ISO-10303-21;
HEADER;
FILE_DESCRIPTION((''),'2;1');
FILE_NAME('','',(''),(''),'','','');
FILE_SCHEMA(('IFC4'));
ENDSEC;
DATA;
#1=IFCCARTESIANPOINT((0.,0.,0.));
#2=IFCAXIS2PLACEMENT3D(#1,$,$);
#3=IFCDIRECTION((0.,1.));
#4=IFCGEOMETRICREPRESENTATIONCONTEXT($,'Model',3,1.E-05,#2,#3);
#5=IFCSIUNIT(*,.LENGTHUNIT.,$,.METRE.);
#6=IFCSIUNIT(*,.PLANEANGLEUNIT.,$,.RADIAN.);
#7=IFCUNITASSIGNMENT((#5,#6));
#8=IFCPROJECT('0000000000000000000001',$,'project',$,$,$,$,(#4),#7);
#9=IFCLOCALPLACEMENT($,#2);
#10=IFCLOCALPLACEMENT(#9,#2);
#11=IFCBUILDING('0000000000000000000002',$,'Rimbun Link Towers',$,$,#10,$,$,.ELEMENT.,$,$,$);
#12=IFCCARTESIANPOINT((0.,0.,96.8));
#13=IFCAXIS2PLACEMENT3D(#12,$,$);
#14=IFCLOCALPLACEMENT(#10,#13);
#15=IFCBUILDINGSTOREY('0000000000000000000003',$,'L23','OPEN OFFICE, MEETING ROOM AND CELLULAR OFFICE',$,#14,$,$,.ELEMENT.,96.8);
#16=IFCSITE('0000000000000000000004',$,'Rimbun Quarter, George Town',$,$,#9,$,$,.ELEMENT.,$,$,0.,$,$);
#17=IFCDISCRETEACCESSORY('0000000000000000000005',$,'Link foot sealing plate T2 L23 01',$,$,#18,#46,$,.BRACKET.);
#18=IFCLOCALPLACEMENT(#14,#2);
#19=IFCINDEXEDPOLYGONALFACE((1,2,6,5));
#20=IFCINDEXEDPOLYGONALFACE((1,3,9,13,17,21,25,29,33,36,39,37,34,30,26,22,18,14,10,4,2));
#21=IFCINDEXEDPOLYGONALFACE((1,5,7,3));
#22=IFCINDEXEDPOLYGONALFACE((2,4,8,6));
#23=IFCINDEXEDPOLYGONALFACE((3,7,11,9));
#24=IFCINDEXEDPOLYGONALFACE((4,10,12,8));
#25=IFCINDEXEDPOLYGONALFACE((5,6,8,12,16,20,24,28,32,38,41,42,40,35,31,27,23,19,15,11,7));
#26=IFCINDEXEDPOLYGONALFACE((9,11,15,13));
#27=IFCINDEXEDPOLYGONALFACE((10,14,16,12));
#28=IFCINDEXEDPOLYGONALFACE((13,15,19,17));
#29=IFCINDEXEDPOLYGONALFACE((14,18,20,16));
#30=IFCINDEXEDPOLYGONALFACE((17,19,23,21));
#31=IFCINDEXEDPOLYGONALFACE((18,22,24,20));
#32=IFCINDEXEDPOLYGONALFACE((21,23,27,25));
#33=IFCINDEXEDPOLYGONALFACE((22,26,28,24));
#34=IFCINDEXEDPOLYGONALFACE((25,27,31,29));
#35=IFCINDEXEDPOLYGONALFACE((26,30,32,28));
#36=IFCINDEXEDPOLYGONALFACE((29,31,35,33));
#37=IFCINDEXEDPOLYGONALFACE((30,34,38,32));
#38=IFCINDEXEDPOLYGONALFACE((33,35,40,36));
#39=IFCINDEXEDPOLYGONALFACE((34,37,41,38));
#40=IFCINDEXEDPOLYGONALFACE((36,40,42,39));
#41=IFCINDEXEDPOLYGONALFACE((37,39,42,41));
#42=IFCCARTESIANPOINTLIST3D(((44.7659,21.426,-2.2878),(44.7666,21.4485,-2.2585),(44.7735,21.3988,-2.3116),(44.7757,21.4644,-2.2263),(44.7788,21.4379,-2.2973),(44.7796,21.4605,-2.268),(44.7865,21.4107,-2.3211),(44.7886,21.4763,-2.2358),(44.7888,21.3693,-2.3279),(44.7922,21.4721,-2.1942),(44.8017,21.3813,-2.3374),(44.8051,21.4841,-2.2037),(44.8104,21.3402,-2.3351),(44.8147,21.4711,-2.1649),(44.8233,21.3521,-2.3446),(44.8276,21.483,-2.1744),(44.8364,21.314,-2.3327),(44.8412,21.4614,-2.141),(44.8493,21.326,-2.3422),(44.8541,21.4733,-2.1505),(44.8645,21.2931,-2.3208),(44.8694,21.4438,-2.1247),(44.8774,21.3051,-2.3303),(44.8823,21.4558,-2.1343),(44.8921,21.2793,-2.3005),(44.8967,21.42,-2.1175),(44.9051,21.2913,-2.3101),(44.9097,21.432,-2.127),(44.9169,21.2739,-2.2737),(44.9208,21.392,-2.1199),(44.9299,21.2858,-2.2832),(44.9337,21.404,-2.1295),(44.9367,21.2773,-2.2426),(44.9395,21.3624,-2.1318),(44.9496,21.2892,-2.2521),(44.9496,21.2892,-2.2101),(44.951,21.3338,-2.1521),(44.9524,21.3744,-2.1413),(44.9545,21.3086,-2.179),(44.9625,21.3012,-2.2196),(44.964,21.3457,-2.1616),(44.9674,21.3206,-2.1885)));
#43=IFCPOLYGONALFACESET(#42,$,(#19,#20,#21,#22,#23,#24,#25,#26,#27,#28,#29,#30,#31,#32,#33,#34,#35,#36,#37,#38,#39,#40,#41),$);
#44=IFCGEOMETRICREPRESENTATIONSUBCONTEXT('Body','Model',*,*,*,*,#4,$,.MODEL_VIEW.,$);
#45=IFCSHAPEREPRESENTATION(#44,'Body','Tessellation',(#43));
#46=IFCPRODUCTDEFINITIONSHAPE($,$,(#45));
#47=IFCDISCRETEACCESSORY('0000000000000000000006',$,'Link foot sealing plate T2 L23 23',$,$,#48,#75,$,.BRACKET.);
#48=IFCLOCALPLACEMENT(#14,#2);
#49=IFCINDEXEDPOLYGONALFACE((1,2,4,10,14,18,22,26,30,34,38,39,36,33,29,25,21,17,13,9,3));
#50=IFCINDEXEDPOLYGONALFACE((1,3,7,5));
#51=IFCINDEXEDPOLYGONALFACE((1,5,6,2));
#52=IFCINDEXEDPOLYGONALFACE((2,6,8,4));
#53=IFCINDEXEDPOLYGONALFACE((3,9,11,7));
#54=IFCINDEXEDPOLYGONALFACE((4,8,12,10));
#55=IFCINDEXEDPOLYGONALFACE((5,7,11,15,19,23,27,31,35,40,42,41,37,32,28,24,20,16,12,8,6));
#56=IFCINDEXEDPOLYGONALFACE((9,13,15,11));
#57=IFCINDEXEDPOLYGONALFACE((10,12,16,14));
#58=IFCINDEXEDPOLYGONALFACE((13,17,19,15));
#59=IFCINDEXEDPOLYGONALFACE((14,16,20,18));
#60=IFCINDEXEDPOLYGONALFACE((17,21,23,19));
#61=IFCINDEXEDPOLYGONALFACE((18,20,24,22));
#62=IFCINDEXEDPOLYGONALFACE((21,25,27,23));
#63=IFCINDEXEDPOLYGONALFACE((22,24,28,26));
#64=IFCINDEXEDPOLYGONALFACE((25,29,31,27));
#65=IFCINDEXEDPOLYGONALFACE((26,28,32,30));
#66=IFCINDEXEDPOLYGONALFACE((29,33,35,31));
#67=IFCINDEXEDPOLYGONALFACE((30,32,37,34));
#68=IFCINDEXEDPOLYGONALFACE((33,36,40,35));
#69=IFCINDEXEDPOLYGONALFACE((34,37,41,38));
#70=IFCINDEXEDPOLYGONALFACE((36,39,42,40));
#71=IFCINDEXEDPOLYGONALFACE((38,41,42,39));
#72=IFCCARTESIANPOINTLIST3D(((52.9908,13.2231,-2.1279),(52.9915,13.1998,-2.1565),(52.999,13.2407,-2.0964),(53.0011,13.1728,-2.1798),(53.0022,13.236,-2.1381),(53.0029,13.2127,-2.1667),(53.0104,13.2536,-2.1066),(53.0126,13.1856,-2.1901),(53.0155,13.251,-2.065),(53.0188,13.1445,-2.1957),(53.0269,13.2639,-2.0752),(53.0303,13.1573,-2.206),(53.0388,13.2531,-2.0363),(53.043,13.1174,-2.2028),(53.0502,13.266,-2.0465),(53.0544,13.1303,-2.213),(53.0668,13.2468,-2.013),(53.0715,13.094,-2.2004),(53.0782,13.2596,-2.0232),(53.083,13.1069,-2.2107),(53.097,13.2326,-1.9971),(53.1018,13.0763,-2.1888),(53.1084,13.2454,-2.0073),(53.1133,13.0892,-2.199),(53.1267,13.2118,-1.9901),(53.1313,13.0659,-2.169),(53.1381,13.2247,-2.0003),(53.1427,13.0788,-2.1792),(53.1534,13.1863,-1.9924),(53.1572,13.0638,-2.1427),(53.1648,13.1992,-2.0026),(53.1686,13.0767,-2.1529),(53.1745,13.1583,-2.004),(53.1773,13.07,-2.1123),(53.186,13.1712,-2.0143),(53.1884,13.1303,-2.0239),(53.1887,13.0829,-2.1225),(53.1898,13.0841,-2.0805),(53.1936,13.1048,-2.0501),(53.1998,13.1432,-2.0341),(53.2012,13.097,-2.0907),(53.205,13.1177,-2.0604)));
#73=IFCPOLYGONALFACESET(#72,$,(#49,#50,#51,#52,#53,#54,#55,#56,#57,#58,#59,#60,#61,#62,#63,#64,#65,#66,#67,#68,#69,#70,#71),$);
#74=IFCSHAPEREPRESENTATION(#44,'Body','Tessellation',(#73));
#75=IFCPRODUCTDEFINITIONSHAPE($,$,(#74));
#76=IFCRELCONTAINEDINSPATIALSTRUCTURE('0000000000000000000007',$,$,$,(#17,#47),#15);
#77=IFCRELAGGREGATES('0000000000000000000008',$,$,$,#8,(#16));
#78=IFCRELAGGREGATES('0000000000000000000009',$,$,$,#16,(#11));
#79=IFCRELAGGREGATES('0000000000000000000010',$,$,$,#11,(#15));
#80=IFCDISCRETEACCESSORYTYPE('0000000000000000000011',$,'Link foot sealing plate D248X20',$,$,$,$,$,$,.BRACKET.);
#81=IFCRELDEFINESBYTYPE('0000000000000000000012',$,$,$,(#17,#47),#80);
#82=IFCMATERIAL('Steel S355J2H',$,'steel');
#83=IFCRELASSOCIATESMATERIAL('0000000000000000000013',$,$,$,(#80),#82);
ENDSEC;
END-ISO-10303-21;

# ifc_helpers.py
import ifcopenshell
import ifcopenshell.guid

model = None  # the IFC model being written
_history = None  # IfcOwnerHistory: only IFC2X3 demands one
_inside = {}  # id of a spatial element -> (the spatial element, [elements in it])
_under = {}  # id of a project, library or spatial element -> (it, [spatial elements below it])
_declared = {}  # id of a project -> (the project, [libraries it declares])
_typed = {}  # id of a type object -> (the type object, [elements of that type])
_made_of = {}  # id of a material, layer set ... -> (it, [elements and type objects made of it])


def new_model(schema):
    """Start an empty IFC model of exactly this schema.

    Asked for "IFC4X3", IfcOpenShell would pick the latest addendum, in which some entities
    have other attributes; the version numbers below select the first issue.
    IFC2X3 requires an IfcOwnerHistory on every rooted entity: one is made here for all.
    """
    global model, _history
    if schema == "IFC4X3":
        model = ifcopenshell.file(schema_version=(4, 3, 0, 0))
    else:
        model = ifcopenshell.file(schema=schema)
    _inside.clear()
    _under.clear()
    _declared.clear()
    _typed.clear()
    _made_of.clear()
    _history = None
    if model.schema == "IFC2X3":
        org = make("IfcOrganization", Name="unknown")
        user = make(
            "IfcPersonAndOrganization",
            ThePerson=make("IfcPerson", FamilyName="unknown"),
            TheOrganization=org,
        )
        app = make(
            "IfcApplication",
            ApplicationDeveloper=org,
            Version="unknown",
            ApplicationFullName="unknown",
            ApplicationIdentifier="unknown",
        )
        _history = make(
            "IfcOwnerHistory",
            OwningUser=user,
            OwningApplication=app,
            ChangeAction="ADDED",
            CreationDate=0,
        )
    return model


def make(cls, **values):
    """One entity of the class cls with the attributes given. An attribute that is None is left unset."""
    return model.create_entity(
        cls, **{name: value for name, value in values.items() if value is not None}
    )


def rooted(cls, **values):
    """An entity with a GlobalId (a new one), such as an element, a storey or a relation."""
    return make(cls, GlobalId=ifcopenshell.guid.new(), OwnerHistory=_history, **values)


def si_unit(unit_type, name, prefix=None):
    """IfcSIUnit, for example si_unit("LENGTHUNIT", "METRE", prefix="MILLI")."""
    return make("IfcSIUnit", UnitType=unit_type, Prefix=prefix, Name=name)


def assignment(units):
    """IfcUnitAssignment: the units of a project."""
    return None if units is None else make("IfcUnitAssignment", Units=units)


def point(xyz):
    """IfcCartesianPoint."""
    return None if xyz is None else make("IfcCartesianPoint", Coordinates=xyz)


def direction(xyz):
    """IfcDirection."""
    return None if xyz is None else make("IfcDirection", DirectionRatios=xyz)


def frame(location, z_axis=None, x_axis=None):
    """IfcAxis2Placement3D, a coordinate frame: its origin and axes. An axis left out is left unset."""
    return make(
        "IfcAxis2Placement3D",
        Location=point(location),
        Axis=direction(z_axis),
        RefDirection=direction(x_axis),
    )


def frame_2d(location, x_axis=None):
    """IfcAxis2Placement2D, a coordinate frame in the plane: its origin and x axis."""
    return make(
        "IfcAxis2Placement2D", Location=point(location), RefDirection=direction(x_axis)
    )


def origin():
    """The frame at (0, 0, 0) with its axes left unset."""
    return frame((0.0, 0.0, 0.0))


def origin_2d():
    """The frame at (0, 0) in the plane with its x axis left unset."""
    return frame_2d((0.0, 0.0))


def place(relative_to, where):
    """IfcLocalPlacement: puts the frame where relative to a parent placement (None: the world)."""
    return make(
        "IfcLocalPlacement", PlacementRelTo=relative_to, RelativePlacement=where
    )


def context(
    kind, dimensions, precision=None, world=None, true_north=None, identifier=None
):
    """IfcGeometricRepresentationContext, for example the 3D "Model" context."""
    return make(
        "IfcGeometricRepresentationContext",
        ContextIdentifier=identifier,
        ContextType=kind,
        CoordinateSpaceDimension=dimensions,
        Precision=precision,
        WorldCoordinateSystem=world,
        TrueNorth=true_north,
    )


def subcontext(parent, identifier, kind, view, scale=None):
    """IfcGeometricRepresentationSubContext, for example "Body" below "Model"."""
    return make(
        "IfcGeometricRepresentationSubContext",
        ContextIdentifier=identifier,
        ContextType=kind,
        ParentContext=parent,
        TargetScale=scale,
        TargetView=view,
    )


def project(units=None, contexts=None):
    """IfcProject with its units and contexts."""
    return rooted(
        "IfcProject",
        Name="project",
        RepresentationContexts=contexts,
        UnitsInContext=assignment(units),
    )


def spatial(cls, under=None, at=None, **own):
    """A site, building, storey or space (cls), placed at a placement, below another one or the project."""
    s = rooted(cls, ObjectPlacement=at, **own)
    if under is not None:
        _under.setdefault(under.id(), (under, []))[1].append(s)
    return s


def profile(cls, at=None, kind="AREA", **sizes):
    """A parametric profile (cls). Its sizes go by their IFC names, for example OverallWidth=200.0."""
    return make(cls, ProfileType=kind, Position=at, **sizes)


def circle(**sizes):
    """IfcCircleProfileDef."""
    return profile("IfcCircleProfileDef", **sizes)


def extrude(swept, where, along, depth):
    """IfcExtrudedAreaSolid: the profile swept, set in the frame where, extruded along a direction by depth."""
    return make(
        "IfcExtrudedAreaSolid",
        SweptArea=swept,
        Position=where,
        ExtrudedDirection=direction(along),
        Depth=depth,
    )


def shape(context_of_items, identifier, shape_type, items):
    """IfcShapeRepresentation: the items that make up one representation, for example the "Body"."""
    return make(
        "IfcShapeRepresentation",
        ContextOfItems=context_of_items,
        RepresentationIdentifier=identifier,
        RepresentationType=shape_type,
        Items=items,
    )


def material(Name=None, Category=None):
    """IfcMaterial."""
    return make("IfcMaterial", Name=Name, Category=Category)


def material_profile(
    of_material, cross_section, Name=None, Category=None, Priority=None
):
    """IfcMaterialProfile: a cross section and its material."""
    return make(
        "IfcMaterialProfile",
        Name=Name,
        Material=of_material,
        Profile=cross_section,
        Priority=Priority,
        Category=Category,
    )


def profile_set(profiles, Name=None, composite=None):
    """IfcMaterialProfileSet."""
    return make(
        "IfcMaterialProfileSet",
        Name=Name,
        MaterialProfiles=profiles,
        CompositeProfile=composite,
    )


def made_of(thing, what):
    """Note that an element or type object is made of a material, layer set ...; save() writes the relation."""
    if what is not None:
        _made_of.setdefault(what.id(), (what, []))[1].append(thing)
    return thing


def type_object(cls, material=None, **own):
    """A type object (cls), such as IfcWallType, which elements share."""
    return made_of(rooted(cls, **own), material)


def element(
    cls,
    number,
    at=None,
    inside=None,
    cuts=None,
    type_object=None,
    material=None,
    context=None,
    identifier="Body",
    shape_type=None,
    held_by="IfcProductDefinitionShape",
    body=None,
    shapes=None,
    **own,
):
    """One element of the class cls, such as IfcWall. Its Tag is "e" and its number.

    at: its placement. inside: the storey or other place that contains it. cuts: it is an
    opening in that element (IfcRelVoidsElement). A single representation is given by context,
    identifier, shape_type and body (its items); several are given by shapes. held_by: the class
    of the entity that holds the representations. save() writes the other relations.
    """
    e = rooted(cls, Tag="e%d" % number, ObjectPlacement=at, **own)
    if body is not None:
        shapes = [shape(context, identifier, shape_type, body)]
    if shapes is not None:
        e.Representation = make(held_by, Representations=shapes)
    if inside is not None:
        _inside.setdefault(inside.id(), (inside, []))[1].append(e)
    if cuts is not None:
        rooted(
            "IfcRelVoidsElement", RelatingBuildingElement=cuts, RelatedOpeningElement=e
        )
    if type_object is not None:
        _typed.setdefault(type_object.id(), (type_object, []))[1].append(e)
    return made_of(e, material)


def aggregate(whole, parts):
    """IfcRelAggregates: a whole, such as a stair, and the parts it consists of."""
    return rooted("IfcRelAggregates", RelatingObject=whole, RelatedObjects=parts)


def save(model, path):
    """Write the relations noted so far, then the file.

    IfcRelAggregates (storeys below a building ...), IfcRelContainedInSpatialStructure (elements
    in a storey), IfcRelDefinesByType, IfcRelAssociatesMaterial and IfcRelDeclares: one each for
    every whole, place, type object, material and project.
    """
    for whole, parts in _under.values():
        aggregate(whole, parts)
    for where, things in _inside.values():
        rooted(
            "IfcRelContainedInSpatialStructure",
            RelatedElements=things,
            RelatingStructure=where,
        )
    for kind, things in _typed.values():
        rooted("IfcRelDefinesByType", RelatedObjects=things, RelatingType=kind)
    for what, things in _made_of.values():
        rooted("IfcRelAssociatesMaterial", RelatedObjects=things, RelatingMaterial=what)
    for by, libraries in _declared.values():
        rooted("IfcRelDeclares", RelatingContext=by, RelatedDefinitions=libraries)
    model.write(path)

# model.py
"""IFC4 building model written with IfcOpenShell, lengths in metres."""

from ifc_helpers import new_model, si_unit, direction, frame, origin, origin_2d, place, context, subcontext, project, spatial, circle, extrude, material, material_profile, profile_set, type_object, element, save


model = new_model("IFC4")

# Units and contexts
model_context = context("Model", 3, precision=1e-05, world=origin(), true_north=direction((0.0, 1.0)))
body_context = subcontext(model_context, "Body", "Model", "MODEL_VIEW")
ifc_project = project(units=[si_unit("LENGTHUNIT", "METRE"), si_unit("PLANEANGLEUNIT", "RADIAN")], contexts=[model_context])

# Site, building, storey
site_placement = place(None, origin())
site = spatial("IfcSite", under=ifc_project, at=site_placement, Name="Rimbun Quarter, George Town", CompositionType="ELEMENT", RefElevation=0.0)
building_placement = place(site_placement, origin())
building = spatial("IfcBuilding", under=site, at=building_placement, Name="Rimbun Link Towers", CompositionType="ELEMENT")
storey_placement = place(building_placement, frame((0.0, 0.0, 96.8)))
storey = spatial("IfcBuildingStorey", under=building, at=storey_placement, Name="L23", Description="OPEN OFFICE, MEETING ROOM AND CELLULAR OFFICE", CompositionType="ELEMENT", Elevation=96.8)

# Discrete accessories
ifc_material_1 = material(Name="Steel S355J2H", Category="steel")
ifc_material_profile_1 = material_profile(ifc_material_1, circle(Radius=0.124, at=origin_2d()), Name="PL D248")
ifc_profile_set_1 = profile_set([ifc_material_profile_1], Name="Steel S355J2H")
discrete_accessory_type = type_object("IfcDiscreteAccessoryType", Name="Link foot sealing plate D248X20", PredefinedType="BRACKET", material=ifc_profile_set_1)
for number, where, z_axis, x_axis, name in (
    (1, (44.8599, 21.3733, -2.2263), (0.646005, 0.59725, -0.475362), (-0.678855, 0.734272, 0.0), "Link foot sealing plate T2 L23 01"),
    (2, (53.0918, 13.1584, -2.0964), (0.570715, 0.643572, -0.51), (-0.748188, 0.663487, 0.0), "Link foot sealing plate T2 L23 23"),
):
    element("IfcDiscreteAccessory", number, at=place(storey_placement, frame(where, z_axis=z_axis, x_axis=x_axis)), inside=storey, type_object=discrete_accessory_type, Name=name, PredefinedType="BRACKET", context=body_context, shape_type="SweptSolid", body=[
        extrude(circle(Radius=0.124, at=origin_2d()), origin(), (0.0, 0.0, 1.0), 0.02),
    ])

save(model, "model.ifc")
